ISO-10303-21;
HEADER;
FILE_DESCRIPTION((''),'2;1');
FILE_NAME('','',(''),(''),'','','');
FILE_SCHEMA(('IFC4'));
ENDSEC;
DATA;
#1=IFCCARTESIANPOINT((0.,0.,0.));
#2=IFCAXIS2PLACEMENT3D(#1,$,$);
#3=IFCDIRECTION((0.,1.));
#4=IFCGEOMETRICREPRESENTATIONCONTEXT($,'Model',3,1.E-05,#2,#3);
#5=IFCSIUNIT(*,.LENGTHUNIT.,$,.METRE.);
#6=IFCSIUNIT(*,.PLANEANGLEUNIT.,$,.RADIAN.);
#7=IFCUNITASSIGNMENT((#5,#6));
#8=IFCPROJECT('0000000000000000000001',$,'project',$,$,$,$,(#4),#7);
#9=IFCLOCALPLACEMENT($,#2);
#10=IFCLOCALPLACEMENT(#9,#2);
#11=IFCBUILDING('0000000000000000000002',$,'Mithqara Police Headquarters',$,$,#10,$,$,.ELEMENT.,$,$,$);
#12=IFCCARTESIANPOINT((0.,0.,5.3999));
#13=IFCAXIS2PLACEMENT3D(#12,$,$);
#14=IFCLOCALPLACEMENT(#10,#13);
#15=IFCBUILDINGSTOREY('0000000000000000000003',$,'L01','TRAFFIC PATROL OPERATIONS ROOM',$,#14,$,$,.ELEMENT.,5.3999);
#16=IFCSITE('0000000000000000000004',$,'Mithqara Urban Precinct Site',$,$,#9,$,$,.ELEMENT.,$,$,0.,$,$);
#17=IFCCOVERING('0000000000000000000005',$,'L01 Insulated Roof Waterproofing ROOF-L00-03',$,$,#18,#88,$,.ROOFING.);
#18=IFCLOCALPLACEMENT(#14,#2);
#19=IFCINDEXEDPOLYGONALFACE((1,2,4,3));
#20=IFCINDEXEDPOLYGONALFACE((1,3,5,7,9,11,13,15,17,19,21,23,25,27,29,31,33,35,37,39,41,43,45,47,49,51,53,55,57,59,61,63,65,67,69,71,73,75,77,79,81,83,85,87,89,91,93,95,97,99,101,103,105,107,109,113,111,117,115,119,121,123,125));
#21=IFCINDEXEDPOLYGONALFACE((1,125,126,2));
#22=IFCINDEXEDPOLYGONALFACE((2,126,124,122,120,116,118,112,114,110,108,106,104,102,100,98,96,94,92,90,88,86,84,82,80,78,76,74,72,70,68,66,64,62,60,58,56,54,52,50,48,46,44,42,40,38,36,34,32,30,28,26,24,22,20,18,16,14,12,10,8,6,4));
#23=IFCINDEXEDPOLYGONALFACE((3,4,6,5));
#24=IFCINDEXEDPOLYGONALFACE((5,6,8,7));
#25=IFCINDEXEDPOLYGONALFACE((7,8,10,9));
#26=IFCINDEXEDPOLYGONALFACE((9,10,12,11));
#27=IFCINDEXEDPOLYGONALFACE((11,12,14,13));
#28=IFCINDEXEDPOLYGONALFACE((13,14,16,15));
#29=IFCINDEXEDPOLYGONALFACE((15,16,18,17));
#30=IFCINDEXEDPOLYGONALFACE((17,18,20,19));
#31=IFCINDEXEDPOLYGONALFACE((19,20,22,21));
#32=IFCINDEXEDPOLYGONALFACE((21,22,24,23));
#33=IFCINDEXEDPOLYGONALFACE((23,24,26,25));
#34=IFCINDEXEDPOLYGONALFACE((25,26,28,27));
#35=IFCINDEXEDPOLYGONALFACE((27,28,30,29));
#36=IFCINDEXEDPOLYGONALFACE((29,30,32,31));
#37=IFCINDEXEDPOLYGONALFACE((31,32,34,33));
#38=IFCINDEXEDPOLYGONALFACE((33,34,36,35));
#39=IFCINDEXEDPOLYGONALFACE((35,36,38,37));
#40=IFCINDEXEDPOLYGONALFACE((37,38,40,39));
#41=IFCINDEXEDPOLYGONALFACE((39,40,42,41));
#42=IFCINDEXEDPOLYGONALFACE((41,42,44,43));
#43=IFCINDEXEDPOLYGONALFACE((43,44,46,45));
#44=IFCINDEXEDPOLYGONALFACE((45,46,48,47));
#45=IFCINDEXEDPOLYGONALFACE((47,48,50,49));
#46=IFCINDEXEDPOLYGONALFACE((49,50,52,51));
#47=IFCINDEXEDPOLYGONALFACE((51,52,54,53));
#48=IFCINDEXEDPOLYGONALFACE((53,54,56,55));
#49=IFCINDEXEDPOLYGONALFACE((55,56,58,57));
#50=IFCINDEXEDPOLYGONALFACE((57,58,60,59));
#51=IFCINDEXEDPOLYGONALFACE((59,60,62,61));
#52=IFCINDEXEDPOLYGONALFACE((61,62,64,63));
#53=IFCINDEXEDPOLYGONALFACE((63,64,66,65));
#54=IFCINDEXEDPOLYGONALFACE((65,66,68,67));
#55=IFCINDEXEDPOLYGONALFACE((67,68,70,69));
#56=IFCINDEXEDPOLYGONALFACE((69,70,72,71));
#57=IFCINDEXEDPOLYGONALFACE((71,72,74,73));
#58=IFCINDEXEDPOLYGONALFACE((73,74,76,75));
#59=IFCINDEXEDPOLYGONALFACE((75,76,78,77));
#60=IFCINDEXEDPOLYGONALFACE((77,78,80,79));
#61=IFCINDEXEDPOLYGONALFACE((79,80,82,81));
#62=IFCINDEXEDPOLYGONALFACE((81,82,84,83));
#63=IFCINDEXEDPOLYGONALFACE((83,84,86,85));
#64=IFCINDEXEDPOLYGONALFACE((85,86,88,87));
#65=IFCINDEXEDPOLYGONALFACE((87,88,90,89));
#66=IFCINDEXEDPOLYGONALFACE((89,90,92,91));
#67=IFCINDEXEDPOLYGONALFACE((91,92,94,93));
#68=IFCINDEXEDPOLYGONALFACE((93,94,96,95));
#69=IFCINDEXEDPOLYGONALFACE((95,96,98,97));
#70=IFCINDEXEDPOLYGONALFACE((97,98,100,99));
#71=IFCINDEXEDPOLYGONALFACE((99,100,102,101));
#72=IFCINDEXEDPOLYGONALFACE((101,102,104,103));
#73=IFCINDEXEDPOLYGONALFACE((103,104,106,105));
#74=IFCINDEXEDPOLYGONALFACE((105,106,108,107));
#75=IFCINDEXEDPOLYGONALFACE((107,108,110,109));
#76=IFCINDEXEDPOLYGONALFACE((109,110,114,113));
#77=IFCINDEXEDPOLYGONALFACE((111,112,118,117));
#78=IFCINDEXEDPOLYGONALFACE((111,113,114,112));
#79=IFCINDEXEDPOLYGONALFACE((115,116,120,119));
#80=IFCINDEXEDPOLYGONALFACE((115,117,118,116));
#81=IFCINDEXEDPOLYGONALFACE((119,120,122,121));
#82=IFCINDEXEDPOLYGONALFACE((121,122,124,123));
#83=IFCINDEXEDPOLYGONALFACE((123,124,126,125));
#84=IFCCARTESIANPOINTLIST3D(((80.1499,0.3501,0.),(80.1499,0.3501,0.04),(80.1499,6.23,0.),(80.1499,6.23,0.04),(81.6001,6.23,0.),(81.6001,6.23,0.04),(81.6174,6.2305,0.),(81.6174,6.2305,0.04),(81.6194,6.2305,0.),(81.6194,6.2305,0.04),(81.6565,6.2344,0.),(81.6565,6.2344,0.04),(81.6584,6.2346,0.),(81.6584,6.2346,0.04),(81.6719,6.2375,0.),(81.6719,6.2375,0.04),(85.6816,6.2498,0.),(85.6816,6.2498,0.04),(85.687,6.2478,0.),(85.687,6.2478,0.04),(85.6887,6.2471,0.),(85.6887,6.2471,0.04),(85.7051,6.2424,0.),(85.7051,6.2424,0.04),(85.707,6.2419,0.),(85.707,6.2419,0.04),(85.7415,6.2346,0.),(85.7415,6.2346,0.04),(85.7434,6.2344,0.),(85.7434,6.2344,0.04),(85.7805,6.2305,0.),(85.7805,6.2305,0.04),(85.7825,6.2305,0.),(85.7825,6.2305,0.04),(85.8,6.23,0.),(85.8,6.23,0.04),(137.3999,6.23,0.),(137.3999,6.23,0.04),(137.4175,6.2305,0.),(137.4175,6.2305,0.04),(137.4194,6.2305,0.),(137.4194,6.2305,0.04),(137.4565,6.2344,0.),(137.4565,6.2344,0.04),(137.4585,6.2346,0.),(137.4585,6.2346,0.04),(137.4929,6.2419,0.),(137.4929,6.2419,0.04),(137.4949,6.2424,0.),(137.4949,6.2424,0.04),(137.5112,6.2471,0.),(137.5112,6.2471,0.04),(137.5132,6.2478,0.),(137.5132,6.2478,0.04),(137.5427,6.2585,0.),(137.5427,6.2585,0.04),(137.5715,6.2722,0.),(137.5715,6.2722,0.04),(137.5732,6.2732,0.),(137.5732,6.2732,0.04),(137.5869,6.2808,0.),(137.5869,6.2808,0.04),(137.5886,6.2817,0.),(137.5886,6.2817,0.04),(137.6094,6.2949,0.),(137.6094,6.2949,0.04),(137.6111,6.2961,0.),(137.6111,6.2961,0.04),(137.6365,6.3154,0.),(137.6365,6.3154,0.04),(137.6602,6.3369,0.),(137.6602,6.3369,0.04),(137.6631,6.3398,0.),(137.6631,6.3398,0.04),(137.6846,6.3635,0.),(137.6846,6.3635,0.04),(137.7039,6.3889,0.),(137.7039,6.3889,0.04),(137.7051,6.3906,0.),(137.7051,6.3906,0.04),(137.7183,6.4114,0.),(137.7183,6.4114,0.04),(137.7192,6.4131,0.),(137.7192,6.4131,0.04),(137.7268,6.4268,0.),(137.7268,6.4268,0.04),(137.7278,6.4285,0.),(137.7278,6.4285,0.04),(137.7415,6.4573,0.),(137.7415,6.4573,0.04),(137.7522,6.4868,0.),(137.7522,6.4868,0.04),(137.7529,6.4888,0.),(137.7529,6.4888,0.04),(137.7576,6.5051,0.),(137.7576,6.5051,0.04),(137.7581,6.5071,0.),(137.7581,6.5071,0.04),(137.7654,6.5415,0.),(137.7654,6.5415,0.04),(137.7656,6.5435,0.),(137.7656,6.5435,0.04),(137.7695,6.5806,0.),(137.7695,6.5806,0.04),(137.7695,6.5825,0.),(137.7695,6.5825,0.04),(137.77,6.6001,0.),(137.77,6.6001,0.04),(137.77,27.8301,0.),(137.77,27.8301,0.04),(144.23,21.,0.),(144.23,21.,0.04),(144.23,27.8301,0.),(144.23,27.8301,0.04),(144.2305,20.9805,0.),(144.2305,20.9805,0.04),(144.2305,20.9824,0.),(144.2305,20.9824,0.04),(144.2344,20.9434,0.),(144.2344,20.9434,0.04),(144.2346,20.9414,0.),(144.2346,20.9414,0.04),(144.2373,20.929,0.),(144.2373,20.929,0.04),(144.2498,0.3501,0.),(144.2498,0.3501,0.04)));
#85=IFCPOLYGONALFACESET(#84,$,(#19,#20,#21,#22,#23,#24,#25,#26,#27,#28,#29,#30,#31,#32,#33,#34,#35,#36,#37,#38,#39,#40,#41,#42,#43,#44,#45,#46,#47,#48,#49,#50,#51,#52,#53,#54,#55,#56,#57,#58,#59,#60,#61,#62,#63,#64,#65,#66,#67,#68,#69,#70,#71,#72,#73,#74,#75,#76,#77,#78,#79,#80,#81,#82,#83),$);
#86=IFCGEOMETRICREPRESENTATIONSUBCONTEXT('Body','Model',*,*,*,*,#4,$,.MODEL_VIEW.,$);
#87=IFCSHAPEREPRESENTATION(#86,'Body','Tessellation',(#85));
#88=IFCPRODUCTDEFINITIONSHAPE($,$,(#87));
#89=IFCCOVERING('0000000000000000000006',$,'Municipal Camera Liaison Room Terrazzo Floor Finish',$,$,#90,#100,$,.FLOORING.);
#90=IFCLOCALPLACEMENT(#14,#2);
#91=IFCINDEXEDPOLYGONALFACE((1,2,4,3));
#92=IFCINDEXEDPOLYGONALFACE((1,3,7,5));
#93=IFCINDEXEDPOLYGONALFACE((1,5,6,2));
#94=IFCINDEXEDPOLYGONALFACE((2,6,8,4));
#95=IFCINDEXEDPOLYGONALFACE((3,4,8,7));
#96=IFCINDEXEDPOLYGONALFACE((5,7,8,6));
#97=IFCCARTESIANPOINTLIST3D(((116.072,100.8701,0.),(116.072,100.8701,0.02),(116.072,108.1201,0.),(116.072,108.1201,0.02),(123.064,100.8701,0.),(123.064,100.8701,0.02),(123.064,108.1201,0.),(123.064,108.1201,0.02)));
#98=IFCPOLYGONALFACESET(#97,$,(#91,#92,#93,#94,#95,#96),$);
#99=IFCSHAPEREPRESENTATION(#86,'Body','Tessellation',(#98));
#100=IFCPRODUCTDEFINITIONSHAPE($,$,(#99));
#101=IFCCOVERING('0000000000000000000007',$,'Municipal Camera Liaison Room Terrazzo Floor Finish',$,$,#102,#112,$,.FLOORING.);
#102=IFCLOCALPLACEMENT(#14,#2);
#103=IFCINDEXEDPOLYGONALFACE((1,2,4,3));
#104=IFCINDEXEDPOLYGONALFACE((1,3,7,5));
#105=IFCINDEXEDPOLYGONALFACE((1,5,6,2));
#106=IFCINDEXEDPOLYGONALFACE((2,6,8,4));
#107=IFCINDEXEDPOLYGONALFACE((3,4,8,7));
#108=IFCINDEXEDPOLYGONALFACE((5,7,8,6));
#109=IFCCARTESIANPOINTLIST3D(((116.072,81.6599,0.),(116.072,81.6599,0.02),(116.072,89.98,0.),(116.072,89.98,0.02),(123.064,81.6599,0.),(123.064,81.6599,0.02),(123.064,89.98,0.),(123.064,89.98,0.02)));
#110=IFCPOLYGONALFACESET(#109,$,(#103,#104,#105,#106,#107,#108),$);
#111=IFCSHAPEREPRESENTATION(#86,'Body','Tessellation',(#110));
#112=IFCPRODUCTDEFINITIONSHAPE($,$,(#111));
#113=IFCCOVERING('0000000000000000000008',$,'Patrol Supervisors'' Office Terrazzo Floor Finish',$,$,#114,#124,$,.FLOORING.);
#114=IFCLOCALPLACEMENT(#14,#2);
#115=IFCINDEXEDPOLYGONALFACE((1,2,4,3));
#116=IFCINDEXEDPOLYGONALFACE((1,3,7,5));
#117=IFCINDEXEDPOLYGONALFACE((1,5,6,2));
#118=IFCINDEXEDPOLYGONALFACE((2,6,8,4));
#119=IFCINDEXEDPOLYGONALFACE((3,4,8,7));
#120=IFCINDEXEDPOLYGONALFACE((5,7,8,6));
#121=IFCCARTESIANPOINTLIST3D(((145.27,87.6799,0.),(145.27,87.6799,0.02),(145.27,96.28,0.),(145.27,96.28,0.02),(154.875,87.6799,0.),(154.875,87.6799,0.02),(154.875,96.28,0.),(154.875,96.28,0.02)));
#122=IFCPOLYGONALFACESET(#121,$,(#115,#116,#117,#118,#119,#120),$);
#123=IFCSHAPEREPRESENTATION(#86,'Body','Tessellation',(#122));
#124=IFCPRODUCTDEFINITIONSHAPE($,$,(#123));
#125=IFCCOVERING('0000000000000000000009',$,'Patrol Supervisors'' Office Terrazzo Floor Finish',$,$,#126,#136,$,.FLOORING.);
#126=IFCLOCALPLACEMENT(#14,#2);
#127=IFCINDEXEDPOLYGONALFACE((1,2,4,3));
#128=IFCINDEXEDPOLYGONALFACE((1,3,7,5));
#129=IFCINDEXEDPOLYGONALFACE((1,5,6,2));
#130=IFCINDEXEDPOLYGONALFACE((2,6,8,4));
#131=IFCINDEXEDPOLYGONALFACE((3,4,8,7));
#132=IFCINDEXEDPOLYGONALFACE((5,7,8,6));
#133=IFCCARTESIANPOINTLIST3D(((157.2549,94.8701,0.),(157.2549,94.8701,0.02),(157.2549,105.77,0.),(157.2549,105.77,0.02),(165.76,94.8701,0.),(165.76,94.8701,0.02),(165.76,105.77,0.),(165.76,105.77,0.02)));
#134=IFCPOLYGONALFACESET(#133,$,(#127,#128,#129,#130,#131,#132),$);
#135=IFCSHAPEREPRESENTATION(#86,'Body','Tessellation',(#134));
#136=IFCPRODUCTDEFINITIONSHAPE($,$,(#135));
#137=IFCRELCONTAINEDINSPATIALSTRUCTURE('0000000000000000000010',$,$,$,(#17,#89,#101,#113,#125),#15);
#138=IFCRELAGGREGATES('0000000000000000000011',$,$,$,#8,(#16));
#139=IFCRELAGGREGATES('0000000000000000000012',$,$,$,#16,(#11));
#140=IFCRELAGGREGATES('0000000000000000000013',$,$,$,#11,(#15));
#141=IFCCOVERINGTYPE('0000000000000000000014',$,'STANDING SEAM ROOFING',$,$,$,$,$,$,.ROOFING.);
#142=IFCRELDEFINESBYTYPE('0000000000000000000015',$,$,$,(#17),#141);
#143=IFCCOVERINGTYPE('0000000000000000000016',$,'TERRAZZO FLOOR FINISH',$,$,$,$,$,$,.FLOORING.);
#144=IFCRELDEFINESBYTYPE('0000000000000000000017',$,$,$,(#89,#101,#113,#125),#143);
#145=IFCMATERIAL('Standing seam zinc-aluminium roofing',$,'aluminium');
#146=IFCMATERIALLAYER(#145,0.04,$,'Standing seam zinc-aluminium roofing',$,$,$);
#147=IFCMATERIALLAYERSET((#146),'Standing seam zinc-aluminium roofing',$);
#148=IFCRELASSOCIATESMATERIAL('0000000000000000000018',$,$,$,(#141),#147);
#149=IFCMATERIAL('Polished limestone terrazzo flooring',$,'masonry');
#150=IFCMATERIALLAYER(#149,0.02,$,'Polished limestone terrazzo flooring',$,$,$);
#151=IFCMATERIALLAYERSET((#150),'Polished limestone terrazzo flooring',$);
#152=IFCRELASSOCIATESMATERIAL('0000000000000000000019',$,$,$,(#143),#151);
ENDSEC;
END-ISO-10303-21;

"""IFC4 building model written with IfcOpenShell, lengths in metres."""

from ifc_helpers import new_model, si_unit, direction, frame, origin, place, context, subcontext, project, spatial, polyline, outline, extrude, material, layer, layer_set, type_object, element, save


model = new_model("IFC4")

# Units and contexts
model_context = context("Model", 3, precision=1e-05, world=origin(), true_north=direction((0.0, 1.0)))
body_context = subcontext(model_context, "Body", "Model", "MODEL_VIEW")
ifc_project = project(units=[si_unit("LENGTHUNIT", "METRE"), si_unit("PLANEANGLEUNIT", "RADIAN")], contexts=[model_context])

# Site, building, storey
site_placement = place(None, origin())
site = spatial("IfcSite", under=ifc_project, at=site_placement, Name="Mithqara Urban Precinct Site", CompositionType="ELEMENT", RefElevation=0.0)
building_placement = place(site_placement, origin())
building = spatial("IfcBuilding", under=site, at=building_placement, Name="Mithqara Police Headquarters", CompositionType="ELEMENT")
storey_placement = place(building_placement, frame((0.0, 0.0, 5.3999)))
storey = spatial("IfcBuildingStorey", under=building, at=storey_placement, Name="L01", Description="TRAFFIC PATROL OPERATIONS ROOM", CompositionType="ELEMENT", Elevation=5.3999)

# Coverings
ifc_material_1 = material(Name="Standing seam zinc-aluminium roofing", Category="aluminium")
ifc_layer_1 = layer(ifc_material_1, 0.04, Name="Standing seam zinc-aluminium roofing")
ifc_layer_set_1 = layer_set([ifc_layer_1], Name="Standing seam zinc-aluminium roofing")
covering_type_1 = type_object("IfcCoveringType", Name="STANDING SEAM ROOFING", PredefinedType="ROOFING", material=ifc_layer_set_1)
covering_1_placement = place(storey_placement, origin())
element("IfcCovering", 1, at=covering_1_placement, inside=storey, type_object=covering_type_1, Name="L01 Insulated Roof Waterproofing ROOF-L00-03", PredefinedType="ROOFING", context=body_context, shape_type="SweptSolid", body=[
    extrude(outline(polyline([(81.6719, 6.2375), (85.6816, 6.2498), (85.687, 6.2478), (85.6887, 6.2471), (85.7051, 6.2424), (85.707, 6.2419), (85.7415, 6.2346), (85.7434, 6.2344), (85.7805, 6.2305), (85.7825, 6.2305), (85.8, 6.23), (137.3999, 6.23), (137.4175, 6.2305), (137.4194, 6.2305), (137.4565, 6.2344), (137.4585, 6.2346), (137.4929, 6.2419), (137.4949, 6.2424), (137.5112, 6.2471), (137.5132, 6.2478), (137.5427, 6.2585), (137.5715, 6.2722), (137.5732, 6.2732), (137.5869, 6.2808), (137.5886, 6.2817), (137.6094, 6.2949), (137.6111, 6.2961), (137.6365, 6.3154), (137.6602, 6.3369), (137.6631, 6.3398), (137.6846, 6.3635), (137.7039, 6.3889), (137.7051, 6.3906), (137.7183, 6.4114), (137.7192, 6.4131), (137.7268, 6.4268), (137.7278, 6.4285), (137.7415, 6.4573), (137.7522, 6.4868), (137.7529, 6.4888), (137.7576, 6.5051), (137.7581, 6.5071), (137.7654, 6.5415), (137.7656, 6.5435), (137.7695, 6.5806), (137.7695, 6.5825), (137.77, 6.6001), (137.77, 27.8301), (144.23, 27.8301), (144.23, 21.0), (144.2305, 20.9824), (144.2305, 20.9805), (144.2344, 20.9434), (144.2346, 20.9414), (144.2373, 20.929), (144.2498, 0.3501), (80.1499, 0.3501), (80.1499, 6.23), (81.6001, 6.23), (81.6174, 6.2305), (81.6194, 6.2305), (81.6565, 6.2344), (81.6584, 6.2346), (81.6719, 6.2375)])), origin(), (0.0, 0.0, 1.0), 0.04),
])
ifc_material_2 = material(Name="Polished limestone terrazzo flooring", Category="masonry")
ifc_layer_2 = layer(ifc_material_2, 0.02, Name="Polished limestone terrazzo flooring")
ifc_layer_set_2 = layer_set([ifc_layer_2], Name="Polished limestone terrazzo flooring")
covering_type_2 = type_object("IfcCoveringType", Name="TERRAZZO FLOOR FINISH", PredefinedType="FLOORING", material=ifc_layer_set_2)
covering_2_placement = place(storey_placement, origin())
element("IfcCovering", 2, at=covering_2_placement, inside=storey, type_object=covering_type_2, Name="Municipal Camera Liaison Room Terrazzo Floor Finish", PredefinedType="FLOORING", context=body_context, shape_type="SweptSolid", body=[
    extrude(outline(polyline([(116.072, 100.8701), (123.064, 100.8701), (123.064, 108.1201), (116.072, 108.1201), (116.072, 100.8701)])), origin(), (0.0, 0.0, 1.0), 0.02),
])
covering_3_placement = place(storey_placement, origin())
element("IfcCovering", 3, at=covering_3_placement, inside=storey, type_object=covering_type_2, Name="Municipal Camera Liaison Room Terrazzo Floor Finish", PredefinedType="FLOORING", context=body_context, shape_type="SweptSolid", body=[
    extrude(outline(polyline([(116.072, 81.6599), (123.064, 81.6599), (123.064, 89.98), (116.072, 89.98), (116.072, 81.6599)])), origin(), (0.0, 0.0, 1.0), 0.02),
])
covering_4_placement = place(storey_placement, origin())
element("IfcCovering", 4, at=covering_4_placement, inside=storey, type_object=covering_type_2, Name="Patrol Supervisors' Office Terrazzo Floor Finish", PredefinedType="FLOORING", context=body_context, shape_type="SweptSolid", body=[
    extrude(outline(polyline([(145.27, 87.6799), (154.875, 87.6799), (154.875, 96.28), (145.27, 96.28), (145.27, 87.6799)])), origin(), (0.0, 0.0, 1.0), 0.02),
])
covering_5_placement = place(storey_placement, origin())
element("IfcCovering", 5, at=covering_5_placement, inside=storey, type_object=covering_type_2, Name="Patrol Supervisors' Office Terrazzo Floor Finish", PredefinedType="FLOORING", context=body_context, shape_type="SweptSolid", body=[
    extrude(outline(polyline([(157.2549, 94.8701), (165.76, 94.8701), (165.76, 105.77), (157.2549, 105.77), (157.2549, 94.8701)])), origin(), (0.0, 0.0, 1.0), 0.02),
])

save(model, "model.ifc")
